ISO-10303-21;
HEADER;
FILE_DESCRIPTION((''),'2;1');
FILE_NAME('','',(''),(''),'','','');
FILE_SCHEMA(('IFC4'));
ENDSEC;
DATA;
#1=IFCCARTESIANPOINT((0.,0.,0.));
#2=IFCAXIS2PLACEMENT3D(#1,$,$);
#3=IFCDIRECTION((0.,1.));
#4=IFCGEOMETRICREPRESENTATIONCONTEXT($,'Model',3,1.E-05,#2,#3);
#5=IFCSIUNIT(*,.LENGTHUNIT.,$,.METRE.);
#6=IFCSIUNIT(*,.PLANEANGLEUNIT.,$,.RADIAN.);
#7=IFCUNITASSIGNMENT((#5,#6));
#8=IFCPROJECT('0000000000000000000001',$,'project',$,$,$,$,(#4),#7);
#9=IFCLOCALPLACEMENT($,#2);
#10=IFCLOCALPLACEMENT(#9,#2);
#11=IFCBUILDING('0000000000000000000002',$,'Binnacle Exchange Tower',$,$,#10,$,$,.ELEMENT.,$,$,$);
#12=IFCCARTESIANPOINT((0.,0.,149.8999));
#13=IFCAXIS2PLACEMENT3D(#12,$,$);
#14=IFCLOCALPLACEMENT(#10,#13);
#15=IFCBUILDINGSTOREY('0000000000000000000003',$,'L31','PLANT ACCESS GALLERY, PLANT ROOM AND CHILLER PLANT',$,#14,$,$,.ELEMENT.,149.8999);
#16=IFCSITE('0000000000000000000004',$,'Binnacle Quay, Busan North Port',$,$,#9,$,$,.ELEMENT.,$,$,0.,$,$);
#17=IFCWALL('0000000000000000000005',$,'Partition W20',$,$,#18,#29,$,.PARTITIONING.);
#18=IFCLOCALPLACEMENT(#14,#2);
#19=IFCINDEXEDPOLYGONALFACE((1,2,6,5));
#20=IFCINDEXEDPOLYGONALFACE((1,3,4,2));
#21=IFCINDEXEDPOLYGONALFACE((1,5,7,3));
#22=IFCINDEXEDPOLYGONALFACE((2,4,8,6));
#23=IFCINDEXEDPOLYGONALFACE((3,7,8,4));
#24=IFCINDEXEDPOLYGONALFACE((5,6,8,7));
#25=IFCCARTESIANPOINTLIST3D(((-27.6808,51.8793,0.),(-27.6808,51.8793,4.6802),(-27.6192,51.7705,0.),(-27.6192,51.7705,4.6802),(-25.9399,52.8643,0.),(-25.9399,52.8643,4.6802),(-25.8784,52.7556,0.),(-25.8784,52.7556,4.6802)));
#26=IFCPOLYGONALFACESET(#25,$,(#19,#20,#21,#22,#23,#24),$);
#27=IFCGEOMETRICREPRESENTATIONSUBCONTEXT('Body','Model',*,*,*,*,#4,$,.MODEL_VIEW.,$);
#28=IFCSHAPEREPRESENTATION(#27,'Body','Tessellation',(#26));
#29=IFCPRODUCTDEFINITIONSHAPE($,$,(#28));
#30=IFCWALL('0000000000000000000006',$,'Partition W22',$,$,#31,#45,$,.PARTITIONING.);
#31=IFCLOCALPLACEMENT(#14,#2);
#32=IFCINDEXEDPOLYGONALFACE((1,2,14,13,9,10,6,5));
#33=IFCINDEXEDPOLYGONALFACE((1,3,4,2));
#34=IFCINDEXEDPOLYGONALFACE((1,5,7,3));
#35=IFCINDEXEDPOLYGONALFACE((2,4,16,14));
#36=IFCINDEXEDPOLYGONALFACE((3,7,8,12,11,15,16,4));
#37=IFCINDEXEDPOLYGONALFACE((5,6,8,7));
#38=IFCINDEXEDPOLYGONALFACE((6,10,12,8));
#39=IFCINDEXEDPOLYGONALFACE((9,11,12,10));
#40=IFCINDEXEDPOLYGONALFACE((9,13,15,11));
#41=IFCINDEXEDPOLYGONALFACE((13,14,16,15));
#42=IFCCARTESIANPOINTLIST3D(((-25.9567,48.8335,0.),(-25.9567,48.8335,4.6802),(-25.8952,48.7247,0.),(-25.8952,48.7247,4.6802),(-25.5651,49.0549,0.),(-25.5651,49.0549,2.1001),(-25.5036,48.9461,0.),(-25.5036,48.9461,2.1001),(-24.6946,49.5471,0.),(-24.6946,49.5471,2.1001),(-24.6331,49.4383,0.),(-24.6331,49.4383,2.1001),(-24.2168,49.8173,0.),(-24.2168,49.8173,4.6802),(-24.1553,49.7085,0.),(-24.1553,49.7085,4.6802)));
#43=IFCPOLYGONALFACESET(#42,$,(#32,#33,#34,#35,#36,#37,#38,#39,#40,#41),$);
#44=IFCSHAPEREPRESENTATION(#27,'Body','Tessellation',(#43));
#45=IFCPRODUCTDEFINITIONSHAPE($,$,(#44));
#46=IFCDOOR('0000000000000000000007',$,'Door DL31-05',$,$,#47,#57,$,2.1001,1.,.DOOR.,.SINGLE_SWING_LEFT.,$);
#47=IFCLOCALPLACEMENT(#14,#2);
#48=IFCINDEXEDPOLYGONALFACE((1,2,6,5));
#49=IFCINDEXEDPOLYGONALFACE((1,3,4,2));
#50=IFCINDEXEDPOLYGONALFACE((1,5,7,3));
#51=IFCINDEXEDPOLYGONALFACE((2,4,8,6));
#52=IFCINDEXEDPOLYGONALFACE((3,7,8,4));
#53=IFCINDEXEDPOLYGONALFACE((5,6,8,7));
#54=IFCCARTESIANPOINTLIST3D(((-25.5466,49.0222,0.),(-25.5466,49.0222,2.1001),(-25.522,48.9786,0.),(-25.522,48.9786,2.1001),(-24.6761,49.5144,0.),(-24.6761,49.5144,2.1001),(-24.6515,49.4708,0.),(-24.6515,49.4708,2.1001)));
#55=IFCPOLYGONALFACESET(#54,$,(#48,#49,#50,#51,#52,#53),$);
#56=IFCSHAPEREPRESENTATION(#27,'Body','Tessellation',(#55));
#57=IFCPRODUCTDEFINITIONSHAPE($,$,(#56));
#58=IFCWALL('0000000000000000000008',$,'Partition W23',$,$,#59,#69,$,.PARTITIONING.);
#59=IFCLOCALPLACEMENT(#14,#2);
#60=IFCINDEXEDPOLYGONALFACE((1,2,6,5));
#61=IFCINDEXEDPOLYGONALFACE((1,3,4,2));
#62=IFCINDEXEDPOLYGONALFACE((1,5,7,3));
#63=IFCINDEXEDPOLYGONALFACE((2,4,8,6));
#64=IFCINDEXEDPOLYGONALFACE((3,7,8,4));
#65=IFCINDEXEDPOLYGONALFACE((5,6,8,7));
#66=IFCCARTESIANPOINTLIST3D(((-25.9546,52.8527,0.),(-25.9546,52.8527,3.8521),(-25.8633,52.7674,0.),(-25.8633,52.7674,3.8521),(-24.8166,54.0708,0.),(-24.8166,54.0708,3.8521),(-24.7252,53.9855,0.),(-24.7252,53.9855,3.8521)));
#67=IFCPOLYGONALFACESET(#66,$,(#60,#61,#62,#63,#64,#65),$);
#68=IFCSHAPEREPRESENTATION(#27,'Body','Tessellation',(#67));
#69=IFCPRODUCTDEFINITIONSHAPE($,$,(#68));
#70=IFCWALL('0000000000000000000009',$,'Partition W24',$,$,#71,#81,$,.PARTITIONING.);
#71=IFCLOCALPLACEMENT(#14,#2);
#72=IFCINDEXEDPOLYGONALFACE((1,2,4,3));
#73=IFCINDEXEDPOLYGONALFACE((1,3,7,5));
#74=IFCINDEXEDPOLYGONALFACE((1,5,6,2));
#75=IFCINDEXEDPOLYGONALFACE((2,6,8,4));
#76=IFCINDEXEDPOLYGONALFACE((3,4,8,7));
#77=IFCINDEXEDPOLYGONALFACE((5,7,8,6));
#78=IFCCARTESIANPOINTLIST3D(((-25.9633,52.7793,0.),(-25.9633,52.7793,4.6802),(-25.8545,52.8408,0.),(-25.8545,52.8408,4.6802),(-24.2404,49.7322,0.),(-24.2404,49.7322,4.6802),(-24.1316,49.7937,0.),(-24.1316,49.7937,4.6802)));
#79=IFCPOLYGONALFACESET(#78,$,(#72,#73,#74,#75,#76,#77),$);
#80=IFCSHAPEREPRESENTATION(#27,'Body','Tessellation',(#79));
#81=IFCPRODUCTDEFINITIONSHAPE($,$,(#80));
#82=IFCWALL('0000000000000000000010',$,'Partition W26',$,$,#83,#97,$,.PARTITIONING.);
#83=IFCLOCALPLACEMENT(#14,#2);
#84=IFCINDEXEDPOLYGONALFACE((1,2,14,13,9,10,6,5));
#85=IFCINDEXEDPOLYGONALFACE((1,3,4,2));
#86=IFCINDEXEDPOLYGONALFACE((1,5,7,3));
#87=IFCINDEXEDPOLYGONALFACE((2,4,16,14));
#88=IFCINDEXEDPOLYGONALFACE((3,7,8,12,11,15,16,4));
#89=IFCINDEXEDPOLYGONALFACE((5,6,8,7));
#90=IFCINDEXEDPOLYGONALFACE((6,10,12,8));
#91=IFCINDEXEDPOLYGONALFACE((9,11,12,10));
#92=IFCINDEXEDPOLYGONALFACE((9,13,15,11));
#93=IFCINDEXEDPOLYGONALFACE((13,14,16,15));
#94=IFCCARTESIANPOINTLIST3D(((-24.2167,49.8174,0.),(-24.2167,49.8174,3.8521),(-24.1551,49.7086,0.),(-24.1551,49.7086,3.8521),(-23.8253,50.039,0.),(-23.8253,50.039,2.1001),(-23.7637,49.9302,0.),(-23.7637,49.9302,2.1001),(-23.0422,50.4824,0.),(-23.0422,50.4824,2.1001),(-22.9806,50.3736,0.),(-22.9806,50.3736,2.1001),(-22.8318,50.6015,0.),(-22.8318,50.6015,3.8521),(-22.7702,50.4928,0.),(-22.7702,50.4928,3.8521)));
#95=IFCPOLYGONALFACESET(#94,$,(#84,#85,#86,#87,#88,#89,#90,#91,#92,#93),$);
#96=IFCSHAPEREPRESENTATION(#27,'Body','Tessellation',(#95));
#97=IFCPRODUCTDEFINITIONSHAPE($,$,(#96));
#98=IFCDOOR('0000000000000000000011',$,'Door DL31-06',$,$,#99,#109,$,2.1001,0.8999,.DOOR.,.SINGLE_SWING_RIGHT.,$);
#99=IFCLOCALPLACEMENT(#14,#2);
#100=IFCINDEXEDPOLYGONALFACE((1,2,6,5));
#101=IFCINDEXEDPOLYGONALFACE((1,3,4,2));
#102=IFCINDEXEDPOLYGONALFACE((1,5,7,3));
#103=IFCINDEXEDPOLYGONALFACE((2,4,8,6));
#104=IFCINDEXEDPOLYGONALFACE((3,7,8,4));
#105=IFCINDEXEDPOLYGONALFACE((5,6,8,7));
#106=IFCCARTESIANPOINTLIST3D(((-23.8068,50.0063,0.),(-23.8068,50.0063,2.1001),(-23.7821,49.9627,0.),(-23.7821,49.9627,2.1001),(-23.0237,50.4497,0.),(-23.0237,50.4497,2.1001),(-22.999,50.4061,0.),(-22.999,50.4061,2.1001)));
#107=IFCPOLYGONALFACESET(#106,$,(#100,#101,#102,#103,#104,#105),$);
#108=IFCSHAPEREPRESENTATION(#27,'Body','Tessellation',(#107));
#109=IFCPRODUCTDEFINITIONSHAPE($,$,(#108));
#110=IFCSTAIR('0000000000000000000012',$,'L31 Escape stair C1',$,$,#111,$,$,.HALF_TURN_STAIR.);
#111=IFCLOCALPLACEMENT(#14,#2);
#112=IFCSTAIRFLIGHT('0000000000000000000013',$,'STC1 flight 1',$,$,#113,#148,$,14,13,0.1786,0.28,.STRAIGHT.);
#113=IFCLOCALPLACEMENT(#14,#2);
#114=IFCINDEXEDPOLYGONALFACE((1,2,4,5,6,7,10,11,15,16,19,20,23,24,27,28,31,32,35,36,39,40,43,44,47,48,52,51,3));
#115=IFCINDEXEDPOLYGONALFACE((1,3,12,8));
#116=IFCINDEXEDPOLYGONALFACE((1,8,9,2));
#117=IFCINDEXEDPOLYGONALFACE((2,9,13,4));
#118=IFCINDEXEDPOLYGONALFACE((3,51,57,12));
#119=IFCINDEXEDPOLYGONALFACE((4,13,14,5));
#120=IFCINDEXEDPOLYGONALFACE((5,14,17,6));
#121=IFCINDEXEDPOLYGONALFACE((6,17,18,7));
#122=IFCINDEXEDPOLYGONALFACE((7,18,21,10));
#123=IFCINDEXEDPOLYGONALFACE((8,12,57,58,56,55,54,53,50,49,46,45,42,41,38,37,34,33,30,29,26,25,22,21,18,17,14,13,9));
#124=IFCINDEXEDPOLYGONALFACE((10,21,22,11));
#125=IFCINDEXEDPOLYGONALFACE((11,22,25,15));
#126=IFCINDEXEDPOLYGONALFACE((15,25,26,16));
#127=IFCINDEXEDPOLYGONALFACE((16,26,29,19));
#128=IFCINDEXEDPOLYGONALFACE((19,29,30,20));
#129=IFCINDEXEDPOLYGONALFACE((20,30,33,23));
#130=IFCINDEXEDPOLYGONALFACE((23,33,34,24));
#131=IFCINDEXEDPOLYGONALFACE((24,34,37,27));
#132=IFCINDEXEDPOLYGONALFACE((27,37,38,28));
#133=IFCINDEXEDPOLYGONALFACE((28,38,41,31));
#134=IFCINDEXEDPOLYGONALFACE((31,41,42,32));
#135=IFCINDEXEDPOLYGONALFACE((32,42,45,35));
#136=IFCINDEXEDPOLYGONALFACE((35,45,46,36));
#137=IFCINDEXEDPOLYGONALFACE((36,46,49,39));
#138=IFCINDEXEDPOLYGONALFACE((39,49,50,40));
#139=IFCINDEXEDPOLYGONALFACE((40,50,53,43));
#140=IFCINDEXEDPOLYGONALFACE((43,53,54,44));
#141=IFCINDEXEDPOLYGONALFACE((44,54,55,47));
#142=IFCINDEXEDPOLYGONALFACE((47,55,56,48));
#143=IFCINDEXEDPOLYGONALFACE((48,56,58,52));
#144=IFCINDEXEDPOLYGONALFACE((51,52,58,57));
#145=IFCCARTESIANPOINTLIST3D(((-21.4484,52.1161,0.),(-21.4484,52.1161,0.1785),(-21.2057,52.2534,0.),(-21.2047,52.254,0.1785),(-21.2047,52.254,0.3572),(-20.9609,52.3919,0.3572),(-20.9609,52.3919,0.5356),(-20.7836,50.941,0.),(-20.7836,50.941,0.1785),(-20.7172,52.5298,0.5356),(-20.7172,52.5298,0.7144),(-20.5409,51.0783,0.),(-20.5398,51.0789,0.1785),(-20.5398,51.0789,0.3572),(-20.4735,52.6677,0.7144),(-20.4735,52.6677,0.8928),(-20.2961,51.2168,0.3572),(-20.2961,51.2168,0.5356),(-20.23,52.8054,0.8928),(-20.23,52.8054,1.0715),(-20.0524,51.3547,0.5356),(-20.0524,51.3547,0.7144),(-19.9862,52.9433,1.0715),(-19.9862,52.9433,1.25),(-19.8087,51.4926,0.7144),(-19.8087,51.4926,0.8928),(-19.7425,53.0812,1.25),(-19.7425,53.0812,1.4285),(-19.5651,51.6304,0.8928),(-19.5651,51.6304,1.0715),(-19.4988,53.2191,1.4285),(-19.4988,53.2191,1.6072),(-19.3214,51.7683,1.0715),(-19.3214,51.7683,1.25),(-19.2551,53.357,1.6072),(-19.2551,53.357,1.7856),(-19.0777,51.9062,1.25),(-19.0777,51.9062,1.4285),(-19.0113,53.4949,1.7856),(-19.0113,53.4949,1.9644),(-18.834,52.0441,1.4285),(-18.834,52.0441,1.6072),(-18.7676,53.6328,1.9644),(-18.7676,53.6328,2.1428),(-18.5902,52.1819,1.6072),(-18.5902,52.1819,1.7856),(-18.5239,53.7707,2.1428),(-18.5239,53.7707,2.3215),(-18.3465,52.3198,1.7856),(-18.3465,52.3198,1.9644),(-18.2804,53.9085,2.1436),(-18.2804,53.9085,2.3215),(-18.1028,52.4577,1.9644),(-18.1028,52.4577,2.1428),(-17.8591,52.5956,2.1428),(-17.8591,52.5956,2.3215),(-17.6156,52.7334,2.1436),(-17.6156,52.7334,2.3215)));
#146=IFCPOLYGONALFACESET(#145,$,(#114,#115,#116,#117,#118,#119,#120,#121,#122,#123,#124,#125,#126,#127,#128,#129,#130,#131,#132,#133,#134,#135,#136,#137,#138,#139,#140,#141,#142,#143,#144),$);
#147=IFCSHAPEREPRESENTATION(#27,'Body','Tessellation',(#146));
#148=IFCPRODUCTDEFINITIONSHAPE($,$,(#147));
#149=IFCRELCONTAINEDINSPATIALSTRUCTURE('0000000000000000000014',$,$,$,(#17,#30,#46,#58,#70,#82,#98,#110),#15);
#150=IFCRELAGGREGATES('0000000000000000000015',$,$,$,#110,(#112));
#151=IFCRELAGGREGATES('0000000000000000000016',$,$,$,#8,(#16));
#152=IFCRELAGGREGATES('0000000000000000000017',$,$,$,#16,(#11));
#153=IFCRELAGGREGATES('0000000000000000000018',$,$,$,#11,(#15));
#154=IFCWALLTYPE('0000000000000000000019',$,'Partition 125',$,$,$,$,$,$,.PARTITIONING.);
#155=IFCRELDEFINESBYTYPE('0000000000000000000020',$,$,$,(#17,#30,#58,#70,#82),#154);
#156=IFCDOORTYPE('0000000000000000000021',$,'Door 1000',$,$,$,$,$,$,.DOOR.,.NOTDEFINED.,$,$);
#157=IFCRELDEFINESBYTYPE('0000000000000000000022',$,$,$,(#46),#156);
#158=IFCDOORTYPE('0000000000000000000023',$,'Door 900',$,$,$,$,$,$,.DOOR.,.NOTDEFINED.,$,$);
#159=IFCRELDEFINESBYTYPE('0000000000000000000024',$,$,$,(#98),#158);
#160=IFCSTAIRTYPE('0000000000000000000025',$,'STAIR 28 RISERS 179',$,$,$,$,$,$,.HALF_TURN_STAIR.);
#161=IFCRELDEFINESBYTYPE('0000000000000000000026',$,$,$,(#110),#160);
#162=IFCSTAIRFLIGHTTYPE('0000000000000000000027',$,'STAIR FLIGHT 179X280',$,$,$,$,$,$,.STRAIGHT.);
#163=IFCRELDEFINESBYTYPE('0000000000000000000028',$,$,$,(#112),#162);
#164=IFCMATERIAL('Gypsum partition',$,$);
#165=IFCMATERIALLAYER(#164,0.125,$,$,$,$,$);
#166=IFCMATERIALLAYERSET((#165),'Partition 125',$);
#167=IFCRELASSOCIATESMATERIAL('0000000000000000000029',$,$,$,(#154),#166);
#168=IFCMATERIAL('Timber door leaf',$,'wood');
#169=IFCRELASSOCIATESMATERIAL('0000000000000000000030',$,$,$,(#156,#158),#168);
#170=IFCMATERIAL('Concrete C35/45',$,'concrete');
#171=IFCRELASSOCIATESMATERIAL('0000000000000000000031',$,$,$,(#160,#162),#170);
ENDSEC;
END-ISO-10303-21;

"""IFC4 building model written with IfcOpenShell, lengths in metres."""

from ifc_helpers import new_model, si_unit, direction, frame, frame_2d, origin, place, context, subcontext, project, spatial, polyline, rectangle, outline, extrude, material, layer, layer_set, type_object, element, fill, aggregate, save


model = new_model("IFC4")

# Units and contexts
model_context = context("Model", 3, precision=1e-05, world=origin(), true_north=direction((0.0, 1.0)))
body_context = subcontext(model_context, "Body", "Model", "MODEL_VIEW")
ifc_project = project(units=[si_unit("LENGTHUNIT", "METRE"), si_unit("PLANEANGLEUNIT", "RADIAN")], contexts=[model_context])

# Site, building, storey
site_placement = place(None, origin())
site = spatial("IfcSite", under=ifc_project, at=site_placement, Name="Binnacle Quay, Busan North Port", CompositionType="ELEMENT", RefElevation=0.0)
building_placement = place(site_placement, origin())
building = spatial("IfcBuilding", under=site, at=building_placement, Name="Binnacle Exchange Tower", CompositionType="ELEMENT")
storey_placement = place(building_placement, frame((0.0, 0.0, 149.8999)))
storey = spatial("IfcBuildingStorey", under=building, at=storey_placement, Name="L31", Description="PLANT ACCESS GALLERY, PLANT ROOM AND CHILLER PLANT", CompositionType="ELEMENT", Elevation=149.8999)

# Wall
ifc_material_1 = material(Name="Gypsum partition")
ifc_layer_1 = layer(ifc_material_1, 0.125)
ifc_layer_set_1 = layer_set([ifc_layer_1], Name="Partition 125")
wall_type_1 = type_object("IfcWallType", Name="Partition 125", PredefinedType="PARTITIONING", material=ifc_layer_set_1)
wall_1_placement = place(storey_placement, frame((-27.6499, 51.825, 0.0), z_axis=(0.0, 0.0, 1.0), x_axis=(0.870331, 0.492467, 0.0)))
element("IfcWall", 1, at=wall_1_placement, inside=storey, type_object=wall_type_1, Name="Partition W20", PredefinedType="PARTITIONING", context=body_context, shape_type="SweptSolid", body=[
    extrude(rectangle(XDim=2.0002, YDim=0.125, at=frame_2d((1.0, 0.0))), origin(), (0.0, 0.0, 1.0), 4.6802),
])

# Wall, opening, door
wall_2_placement = place(storey_placement, frame((-25.926, 48.7791, 0.0), z_axis=(0.0, 0.0, 1.0), x_axis=(0.870474, 0.492214, 0.0)))
wall_2 = element("IfcWall", 2, at=wall_2_placement, inside=storey, type_object=wall_type_1, Name="Partition W22", PredefinedType="PARTITIONING", context=body_context, shape_type="SweptSolid", body=[
    extrude(rectangle(XDim=1.9988, YDim=0.125, at=frame_2d((0.9995, 0.0))), origin(), (0.0, 0.0, 1.0), 4.6802),
])
opening_1_placement = place(wall_2_placement, frame((0.45, 0.0, 0.0)))
opening_1 = element("IfcOpeningElement", 3, at=opening_1_placement, cuts=wall_2, PredefinedType="OPENING", context=body_context, shape_type="SweptSolid", body=[
    extrude(rectangle(XDim=1.0, YDim=2.1001, at=frame_2d((0.5, 1.05))), frame((0.0, 0.0725, 0.0), z_axis=(0.0, -1.0, 0.0), x_axis=(1.0, 0.0, 0.0)), (0.0, 0.0, 1.0), 0.145),
])
ifc_material_2 = material(Name="Timber door leaf", Category="wood")
door_type_1 = type_object("IfcDoorType", Name="Door 1000", OperationType="NOTDEFINED", PredefinedType="DOOR", material=ifc_material_2)
door_1_placement = place(opening_1_placement, origin())
door_1 = element("IfcDoor", 4, at=door_1_placement, inside=storey, type_object=door_type_1, Name="Door DL31-05", OperationType="SINGLE_SWING_LEFT", OverallHeight=2.1001, OverallWidth=1.0, PredefinedType="DOOR", context=body_context, shape_type="SweptSolid", body=[
    extrude(rectangle(XDim=1.0, YDim=2.1001, at=frame_2d((0.5, 1.05))), frame((0.0, 0.0249, 0.0), z_axis=(0.0, -1.0, 0.0), x_axis=(1.0, 0.0, 0.0)), (0.0, 0.0, 1.0), 0.05),
])
fill(opening_1, door_1)

# Walls
wall_3_placement = place(storey_placement, frame((-25.9089, 52.8101, 0.0), z_axis=(0.0, 0.0, 1.0), x_axis=(0.682678, 0.730719, 0.0)))
element("IfcWall", 5, at=wall_3_placement, inside=storey, type_object=wall_type_1, Name="Partition W23", PredefinedType="PARTITIONING", context=body_context, shape_type="SweptSolid", body=[
    extrude(rectangle(XDim=1.667, YDim=0.125, at=frame_2d((0.8335, 0.0))), origin(), (0.0, 0.0, 1.0), 3.8521),
])
wall_4_placement = place(storey_placement, frame((-25.9089, 52.8101, 0.0), z_axis=(0.0, 0.0, 1.0), x_axis=(0.492191, -0.870487, 0.0)))
element("IfcWall", 6, at=wall_4_placement, inside=storey, type_object=wall_type_1, Name="Partition W24", PredefinedType="PARTITIONING", context=body_context, shape_type="SweptSolid", body=[
    extrude(rectangle(XDim=3.5005, YDim=0.125, at=frame_2d((1.7502, 0.0))), origin(), (0.0, 0.0, 1.0), 4.6802),
])

# Wall, opening, door
wall_5_placement = place(storey_placement, frame((-24.186, 49.7629, 0.0), z_axis=(0.0, 0.0, 1.0), x_axis=(0.8702, 0.492699, 0.0)))
wall_5 = element("IfcWall", 7, at=wall_5_placement, inside=storey, type_object=wall_type_1, Name="Partition W26", PredefinedType="PARTITIONING", context=body_context, shape_type="SweptSolid", body=[
    extrude(rectangle(XDim=1.5916, YDim=0.125, at=frame_2d((0.7959, 0.0))), origin(), (0.0, 0.0, 1.0), 3.8521),
])
opening_2_placement = place(wall_5_placement, frame((0.45, 0.0, 0.0)))
opening_2 = element("IfcOpeningElement", 8, at=opening_2_placement, cuts=wall_5, PredefinedType="OPENING", context=body_context, shape_type="SweptSolid", body=[
    extrude(rectangle(XDim=0.8999, YDim=2.1001, at=frame_2d((0.45, 1.05))), frame((0.0, 0.0725, 0.0), z_axis=(0.0, -1.0, 0.0), x_axis=(1.0, 0.0, 0.0)), (0.0, 0.0, 1.0), 0.145),
])
door_type_2 = type_object("IfcDoorType", Name="Door 900", OperationType="NOTDEFINED", PredefinedType="DOOR", material=ifc_material_2)
door_2_placement = place(opening_2_placement, origin())
door_2 = element("IfcDoor", 9, at=door_2_placement, inside=storey, type_object=door_type_2, Name="Door DL31-06", OperationType="SINGLE_SWING_RIGHT", OverallHeight=2.1001, OverallWidth=0.8999, PredefinedType="DOOR", context=body_context, shape_type="SweptSolid", body=[
    extrude(rectangle(XDim=0.8999, YDim=2.1001, at=frame_2d((0.45, 1.05))), frame((0.0, 0.0249, 0.0), z_axis=(0.0, -1.0, 0.0), x_axis=(1.0, 0.0, 0.0)), (0.0, 0.0, 1.0), 0.05),
])
fill(opening_2, door_2)

# Stair, stair flight
ifc_material_3 = material(Name="Concrete C35/45", Category="concrete")
stair_type = type_object("IfcStairType", Name="STAIR 28 RISERS 179", PredefinedType="HALF_TURN_STAIR", material=ifc_material_3)
stair_placement = place(storey_placement, origin())
stair = element("IfcStair", 10, at=stair_placement, inside=storey, type_object=stair_type, Name="L31 Escape stair C1", PredefinedType="HALF_TURN_STAIR")
stair_flight_type = type_object("IfcStairFlightType", Name="STAIR FLIGHT 179X280", PredefinedType="STRAIGHT", material=ifc_material_3)
stair_flight_placement = place(storey_placement, frame((-21.116, 51.5286, 0.0), z_axis=(0.0, 0.0, 1.0), x_axis=(0.870356, 0.492424, 0.0)))
stair_flight = element("IfcStairFlight", 11, at=stair_flight_placement, type_object=stair_flight_type, Name="STC1 flight 1", NumberOfRisers=14, NumberOfTreads=13, PredefinedType="STRAIGHT", RiserHeight=0.1786, TreadLength=0.28, context=body_context, shape_type="SweptSolid", body=[
    extrude(outline(polyline([(0.0, 0.0), (0.0, 0.1785), (0.28, 0.1785), (0.28, 0.3572), (0.5601, 0.3572), (0.5601, 0.5356), (0.8401, 0.5356), (0.8401, 0.7144), (1.1201, 0.7144), (1.1201, 0.8928), (1.3999, 0.8928), (1.3999, 1.0715), (1.6799, 1.0715), (1.6799, 1.25), (1.96, 1.25), (1.96, 1.4285), (2.24, 1.4285), (2.24, 1.6072), (2.52, 1.6072), (2.52, 1.7856), (2.8, 1.7856), (2.8, 1.9644), (3.0801, 1.9644), (3.0801, 2.1428), (3.3601, 2.1428), (3.3601, 2.3215), (3.6399, 2.3215), (3.6399, 2.5), (3.6399, 2.1436), (0.2788, 0.0), (0.0, 0.0)])), frame((0.0, 0.675, 0.0), z_axis=(0.0, -1.0, 0.0), x_axis=(1.0, 0.0, 0.0)), (0.0, 0.0, 1.0), 1.3501),
])
aggregate(stair, [stair_flight])

save(model, "model.ifc")
